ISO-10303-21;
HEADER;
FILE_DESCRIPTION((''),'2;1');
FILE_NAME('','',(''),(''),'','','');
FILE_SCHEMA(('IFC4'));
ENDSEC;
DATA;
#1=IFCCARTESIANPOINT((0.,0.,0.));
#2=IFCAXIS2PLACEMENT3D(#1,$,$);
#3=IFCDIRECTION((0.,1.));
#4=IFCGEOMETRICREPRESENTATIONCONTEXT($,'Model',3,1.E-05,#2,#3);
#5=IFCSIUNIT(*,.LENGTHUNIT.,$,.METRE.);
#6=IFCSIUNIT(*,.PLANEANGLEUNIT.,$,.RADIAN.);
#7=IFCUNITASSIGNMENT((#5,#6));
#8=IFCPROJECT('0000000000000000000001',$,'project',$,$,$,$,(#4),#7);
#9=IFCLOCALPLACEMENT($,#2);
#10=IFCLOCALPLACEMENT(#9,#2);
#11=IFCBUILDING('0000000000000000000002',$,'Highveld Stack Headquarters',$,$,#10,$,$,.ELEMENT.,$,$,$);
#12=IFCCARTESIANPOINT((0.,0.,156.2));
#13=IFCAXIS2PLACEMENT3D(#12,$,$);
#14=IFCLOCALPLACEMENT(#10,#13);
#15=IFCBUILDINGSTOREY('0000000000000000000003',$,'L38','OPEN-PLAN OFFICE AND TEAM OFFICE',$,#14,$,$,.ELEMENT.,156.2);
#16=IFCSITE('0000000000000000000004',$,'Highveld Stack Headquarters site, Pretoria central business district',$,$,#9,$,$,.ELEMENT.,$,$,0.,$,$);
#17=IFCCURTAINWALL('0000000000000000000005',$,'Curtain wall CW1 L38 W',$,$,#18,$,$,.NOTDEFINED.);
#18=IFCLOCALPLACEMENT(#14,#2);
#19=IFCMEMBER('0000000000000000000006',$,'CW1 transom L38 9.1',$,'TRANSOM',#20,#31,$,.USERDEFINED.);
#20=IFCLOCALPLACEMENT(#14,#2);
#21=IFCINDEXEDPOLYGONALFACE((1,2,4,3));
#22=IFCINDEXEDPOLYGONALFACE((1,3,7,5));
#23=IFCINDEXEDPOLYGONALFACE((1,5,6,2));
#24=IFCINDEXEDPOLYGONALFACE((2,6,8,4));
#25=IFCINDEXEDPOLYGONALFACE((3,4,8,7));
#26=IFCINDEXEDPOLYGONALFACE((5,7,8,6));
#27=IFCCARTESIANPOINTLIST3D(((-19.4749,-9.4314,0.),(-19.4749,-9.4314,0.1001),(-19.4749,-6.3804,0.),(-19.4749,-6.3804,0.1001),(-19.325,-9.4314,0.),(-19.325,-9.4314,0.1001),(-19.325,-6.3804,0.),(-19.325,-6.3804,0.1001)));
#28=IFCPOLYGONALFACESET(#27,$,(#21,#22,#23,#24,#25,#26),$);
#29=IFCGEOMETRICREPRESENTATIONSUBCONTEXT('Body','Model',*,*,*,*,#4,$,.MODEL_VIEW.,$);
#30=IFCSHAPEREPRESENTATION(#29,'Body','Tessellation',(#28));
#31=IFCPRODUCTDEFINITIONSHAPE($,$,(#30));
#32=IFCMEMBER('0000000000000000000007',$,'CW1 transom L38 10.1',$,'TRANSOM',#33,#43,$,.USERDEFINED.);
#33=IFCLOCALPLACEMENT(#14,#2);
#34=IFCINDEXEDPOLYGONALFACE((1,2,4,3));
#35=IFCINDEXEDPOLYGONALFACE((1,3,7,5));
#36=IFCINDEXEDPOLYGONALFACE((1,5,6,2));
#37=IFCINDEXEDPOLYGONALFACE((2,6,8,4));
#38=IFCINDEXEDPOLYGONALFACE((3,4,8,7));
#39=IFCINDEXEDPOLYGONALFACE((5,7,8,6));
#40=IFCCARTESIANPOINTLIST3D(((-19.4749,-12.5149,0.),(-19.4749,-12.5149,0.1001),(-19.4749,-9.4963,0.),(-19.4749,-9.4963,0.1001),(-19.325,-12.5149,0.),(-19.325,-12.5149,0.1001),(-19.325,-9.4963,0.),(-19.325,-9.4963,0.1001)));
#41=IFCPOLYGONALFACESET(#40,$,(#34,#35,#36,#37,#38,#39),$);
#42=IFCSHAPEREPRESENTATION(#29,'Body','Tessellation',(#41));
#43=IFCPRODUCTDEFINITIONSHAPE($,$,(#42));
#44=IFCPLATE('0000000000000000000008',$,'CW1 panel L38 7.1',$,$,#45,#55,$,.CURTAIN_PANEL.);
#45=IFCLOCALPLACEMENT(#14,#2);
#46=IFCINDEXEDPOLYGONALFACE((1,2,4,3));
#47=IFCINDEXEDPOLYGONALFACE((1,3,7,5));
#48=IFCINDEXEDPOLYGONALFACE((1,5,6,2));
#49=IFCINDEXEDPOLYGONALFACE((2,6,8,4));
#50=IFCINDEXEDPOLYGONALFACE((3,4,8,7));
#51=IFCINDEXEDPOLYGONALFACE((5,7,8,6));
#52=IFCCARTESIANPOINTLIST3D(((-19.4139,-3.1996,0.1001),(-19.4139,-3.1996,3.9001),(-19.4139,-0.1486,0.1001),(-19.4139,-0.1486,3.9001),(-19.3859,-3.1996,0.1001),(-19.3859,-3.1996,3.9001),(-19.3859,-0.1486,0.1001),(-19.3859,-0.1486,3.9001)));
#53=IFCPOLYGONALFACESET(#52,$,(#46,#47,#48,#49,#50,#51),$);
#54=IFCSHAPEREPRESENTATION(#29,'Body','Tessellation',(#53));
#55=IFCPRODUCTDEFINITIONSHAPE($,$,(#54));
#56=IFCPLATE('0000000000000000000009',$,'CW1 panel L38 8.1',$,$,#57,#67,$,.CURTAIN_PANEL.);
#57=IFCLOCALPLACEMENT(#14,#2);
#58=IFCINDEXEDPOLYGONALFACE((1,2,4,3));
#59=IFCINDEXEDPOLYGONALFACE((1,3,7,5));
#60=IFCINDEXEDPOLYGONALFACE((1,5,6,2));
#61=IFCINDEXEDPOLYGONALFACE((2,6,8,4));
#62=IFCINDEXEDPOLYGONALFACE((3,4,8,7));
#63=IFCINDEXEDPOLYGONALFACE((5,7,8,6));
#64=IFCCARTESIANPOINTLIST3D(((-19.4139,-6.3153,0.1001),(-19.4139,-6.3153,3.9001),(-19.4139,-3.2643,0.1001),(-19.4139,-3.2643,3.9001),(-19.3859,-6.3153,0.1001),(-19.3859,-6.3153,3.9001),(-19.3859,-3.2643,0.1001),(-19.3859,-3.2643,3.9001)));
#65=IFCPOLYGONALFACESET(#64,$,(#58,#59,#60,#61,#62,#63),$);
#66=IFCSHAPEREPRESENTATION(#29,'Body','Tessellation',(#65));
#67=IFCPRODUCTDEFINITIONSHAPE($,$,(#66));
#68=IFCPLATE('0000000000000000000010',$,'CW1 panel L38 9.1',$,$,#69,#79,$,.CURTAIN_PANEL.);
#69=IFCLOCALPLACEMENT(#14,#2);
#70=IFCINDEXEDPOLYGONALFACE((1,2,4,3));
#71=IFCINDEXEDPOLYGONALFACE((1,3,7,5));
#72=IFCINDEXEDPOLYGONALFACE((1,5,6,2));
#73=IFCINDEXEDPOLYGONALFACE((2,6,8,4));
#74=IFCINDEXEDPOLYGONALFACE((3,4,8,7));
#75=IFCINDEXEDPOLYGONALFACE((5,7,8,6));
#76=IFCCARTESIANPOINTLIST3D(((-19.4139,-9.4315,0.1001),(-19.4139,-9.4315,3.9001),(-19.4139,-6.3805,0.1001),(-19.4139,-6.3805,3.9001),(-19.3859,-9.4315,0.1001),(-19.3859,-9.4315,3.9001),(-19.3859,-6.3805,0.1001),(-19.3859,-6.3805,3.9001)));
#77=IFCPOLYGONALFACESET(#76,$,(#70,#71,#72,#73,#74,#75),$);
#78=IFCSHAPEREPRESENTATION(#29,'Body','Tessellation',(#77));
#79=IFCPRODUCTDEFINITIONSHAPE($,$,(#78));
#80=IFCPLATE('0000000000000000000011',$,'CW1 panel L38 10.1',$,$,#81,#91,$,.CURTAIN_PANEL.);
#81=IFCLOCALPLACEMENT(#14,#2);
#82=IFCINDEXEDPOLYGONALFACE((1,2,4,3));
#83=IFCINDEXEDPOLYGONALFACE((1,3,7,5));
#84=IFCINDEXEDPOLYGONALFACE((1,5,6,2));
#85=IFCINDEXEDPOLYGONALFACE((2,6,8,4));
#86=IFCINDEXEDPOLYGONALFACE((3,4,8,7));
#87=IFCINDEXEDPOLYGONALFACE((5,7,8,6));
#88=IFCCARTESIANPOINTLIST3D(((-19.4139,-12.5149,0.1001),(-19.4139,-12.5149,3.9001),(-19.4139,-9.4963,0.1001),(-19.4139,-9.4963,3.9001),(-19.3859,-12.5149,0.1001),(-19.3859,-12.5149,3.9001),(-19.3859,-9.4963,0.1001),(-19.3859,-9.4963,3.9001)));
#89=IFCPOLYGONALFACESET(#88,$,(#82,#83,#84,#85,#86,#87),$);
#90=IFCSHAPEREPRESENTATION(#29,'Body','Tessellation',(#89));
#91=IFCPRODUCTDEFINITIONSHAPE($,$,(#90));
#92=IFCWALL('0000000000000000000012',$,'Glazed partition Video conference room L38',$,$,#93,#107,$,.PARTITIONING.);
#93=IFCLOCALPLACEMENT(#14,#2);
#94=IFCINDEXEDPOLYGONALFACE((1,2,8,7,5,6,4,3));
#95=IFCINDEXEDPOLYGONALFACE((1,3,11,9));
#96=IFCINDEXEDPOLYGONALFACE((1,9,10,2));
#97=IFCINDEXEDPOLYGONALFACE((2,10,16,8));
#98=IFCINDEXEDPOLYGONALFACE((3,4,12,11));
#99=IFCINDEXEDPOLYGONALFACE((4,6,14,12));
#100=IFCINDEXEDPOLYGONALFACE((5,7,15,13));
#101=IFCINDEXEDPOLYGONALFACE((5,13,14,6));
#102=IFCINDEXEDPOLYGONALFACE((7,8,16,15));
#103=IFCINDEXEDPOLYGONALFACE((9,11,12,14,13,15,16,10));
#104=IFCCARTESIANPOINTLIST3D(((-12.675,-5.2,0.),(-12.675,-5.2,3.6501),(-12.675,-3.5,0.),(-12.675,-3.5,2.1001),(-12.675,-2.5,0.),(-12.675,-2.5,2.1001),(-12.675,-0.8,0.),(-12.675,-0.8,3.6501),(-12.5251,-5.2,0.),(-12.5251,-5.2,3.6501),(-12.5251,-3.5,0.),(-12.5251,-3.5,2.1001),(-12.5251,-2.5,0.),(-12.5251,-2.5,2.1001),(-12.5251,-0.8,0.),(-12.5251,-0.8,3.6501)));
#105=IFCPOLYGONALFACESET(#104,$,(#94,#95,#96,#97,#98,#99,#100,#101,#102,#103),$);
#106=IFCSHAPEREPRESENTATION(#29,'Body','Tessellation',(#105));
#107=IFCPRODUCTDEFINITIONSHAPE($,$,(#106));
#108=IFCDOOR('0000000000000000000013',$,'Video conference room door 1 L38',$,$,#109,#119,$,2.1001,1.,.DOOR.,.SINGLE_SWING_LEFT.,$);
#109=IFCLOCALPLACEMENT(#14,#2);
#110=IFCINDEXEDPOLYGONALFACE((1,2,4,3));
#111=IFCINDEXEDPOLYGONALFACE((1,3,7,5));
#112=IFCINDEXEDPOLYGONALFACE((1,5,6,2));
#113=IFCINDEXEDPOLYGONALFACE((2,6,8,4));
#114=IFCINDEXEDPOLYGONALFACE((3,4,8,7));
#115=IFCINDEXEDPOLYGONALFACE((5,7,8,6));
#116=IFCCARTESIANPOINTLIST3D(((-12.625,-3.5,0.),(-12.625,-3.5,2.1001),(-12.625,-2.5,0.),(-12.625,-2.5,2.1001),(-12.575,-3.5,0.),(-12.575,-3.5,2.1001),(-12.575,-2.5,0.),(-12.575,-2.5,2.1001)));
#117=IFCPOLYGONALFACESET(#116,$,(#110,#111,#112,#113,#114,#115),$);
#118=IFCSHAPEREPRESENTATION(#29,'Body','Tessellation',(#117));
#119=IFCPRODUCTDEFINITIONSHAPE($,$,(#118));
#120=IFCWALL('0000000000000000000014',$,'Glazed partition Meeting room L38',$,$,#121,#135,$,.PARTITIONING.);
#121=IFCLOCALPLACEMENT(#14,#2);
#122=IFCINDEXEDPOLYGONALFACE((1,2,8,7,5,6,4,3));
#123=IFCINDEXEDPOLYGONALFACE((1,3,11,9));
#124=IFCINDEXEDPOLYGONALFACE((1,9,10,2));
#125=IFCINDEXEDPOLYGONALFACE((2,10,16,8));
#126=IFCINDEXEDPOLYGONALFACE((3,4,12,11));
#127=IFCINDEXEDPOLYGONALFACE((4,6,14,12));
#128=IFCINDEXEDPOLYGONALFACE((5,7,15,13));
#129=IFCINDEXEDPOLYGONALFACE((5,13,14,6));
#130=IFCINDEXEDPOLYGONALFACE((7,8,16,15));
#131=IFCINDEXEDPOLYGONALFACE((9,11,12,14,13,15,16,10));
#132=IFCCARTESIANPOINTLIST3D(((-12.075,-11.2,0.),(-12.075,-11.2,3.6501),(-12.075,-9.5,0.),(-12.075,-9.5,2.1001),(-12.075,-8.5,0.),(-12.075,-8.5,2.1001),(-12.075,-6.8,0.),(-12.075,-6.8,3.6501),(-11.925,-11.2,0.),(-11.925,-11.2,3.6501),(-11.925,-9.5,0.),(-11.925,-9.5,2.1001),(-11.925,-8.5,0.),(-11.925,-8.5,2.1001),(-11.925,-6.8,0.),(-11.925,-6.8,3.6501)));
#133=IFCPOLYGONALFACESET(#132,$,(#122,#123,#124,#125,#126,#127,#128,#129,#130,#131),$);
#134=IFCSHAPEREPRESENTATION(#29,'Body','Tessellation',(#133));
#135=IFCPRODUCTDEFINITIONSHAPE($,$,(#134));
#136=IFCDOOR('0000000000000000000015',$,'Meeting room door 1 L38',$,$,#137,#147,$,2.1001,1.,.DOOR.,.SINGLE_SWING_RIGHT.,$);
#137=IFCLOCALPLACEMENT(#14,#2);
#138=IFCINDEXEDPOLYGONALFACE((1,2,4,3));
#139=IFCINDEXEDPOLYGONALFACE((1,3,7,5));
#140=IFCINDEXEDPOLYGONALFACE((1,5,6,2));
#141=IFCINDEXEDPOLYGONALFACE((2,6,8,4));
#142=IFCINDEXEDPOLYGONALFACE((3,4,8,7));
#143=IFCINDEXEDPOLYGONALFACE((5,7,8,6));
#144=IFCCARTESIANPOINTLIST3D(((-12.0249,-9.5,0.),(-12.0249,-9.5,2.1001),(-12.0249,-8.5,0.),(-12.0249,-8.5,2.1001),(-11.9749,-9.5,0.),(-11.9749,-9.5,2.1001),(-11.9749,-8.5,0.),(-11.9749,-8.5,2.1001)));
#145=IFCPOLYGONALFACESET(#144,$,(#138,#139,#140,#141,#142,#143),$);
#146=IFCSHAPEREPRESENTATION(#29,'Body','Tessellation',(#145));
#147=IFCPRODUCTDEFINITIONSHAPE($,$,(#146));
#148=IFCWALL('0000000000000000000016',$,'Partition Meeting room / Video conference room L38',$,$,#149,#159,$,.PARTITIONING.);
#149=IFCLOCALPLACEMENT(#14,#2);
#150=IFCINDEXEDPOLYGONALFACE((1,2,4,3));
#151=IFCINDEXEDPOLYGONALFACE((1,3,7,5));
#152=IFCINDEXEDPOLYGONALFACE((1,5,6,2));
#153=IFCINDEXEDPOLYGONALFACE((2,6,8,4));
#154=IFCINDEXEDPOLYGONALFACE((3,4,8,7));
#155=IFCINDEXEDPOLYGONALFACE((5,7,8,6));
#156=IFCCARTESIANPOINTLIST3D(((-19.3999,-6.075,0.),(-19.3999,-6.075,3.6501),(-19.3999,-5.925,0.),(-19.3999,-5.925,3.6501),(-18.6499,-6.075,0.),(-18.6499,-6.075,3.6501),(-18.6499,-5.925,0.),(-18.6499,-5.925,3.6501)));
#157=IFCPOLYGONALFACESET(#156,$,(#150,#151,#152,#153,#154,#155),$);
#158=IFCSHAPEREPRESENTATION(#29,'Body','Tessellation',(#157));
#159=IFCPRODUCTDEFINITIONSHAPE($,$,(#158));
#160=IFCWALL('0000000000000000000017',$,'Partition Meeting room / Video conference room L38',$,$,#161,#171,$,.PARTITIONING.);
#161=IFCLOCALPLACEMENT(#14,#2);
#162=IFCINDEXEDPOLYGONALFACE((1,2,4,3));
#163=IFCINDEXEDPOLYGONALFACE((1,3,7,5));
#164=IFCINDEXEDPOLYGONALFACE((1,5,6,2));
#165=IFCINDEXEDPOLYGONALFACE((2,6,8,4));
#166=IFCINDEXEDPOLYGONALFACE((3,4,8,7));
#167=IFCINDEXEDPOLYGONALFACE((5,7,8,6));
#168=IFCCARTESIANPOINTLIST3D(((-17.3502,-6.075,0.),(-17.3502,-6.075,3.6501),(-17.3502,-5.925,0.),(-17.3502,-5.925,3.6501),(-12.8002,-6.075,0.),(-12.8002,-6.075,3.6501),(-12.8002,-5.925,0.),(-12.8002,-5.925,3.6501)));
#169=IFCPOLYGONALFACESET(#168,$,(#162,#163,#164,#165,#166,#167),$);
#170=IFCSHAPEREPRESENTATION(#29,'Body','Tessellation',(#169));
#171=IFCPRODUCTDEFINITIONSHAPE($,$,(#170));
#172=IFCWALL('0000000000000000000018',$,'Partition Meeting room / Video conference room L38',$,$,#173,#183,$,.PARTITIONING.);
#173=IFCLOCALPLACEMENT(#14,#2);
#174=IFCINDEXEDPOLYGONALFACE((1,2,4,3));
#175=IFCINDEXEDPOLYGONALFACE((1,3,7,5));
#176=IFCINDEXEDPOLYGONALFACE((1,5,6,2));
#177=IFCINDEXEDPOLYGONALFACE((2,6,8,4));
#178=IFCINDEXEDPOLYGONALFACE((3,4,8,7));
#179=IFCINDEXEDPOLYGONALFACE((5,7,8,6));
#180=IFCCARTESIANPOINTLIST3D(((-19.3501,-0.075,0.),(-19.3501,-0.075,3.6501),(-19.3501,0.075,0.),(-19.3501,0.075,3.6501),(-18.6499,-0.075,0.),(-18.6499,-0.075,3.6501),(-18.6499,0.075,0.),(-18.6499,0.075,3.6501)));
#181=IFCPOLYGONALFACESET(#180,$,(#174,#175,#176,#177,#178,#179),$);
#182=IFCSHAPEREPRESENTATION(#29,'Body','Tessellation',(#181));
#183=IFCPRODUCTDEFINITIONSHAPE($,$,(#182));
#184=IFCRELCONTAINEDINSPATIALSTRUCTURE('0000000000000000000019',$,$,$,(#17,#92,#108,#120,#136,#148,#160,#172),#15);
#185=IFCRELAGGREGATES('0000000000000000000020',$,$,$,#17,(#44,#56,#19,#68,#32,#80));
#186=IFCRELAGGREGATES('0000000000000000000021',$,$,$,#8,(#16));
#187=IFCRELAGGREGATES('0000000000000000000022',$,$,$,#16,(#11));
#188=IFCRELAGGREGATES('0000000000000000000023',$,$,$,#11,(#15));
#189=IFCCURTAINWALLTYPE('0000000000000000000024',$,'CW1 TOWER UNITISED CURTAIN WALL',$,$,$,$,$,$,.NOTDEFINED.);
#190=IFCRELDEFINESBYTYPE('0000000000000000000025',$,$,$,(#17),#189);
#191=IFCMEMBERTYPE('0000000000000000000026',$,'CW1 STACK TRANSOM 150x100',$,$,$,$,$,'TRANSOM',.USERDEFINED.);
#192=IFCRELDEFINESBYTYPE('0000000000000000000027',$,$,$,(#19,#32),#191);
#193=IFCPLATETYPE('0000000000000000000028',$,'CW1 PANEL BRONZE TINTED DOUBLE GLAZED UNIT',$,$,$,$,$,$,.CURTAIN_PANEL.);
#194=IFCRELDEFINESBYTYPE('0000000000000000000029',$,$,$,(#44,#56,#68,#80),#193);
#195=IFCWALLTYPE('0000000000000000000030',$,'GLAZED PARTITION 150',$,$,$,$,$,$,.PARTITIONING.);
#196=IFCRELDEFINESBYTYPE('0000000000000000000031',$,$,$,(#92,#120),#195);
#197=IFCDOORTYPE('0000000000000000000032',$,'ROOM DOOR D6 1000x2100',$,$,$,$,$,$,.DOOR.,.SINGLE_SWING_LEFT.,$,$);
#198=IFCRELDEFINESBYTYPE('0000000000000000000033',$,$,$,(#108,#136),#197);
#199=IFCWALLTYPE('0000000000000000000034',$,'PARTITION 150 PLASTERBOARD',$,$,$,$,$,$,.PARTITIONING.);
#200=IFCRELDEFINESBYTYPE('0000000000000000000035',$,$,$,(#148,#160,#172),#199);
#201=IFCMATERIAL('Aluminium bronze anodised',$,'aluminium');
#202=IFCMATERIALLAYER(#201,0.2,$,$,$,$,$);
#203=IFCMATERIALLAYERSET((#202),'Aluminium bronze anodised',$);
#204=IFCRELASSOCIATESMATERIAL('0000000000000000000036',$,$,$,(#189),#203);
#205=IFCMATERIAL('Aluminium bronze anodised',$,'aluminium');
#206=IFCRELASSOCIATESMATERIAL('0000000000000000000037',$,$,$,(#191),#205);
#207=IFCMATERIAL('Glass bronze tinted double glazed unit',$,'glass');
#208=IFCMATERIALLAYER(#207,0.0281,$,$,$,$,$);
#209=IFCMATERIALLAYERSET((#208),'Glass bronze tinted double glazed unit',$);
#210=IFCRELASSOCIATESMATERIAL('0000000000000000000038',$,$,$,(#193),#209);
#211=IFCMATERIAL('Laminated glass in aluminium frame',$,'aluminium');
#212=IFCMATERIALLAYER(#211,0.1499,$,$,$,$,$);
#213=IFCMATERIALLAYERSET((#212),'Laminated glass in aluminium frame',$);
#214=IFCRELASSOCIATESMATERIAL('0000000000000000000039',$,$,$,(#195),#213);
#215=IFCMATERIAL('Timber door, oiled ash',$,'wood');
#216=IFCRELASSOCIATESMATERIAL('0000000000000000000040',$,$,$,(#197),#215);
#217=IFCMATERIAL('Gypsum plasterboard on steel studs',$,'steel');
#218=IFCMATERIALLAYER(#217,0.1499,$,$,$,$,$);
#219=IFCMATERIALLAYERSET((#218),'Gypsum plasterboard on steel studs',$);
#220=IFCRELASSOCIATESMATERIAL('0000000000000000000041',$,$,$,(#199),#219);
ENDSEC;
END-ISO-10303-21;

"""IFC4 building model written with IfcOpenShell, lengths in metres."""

from ifc_helpers import new_model, si_unit, direction, frame, frame_2d, origin, origin_2d, place, context, subcontext, project, spatial, rectangle, extrude, material, layer, layer_set, material_profile, profile_set, type_object, element, fill, aggregate, save


model = new_model("IFC4")

# Units and contexts
model_context = context("Model", 3, precision=1e-05, world=origin(), true_north=direction((0.0, 1.0)))
body_context = subcontext(model_context, "Body", "Model", "MODEL_VIEW")
ifc_project = project(units=[si_unit("LENGTHUNIT", "METRE"), si_unit("PLANEANGLEUNIT", "RADIAN")], contexts=[model_context])

# Site, building, storey
site_placement = place(None, origin())
site = spatial("IfcSite", under=ifc_project, at=site_placement, Name="Highveld Stack Headquarters site, Pretoria central business district", CompositionType="ELEMENT", RefElevation=0.0)
building_placement = place(site_placement, origin())
building = spatial("IfcBuilding", under=site, at=building_placement, Name="Highveld Stack Headquarters", CompositionType="ELEMENT")
storey_placement = place(building_placement, frame((0.0, 0.0, 156.2)))
storey = spatial("IfcBuildingStorey", under=building, at=storey_placement, Name="L38", Description="OPEN-PLAN OFFICE AND TEAM OFFICE", CompositionType="ELEMENT", Elevation=156.2)

# Curtain wall, members, plates
ifc_material_1 = material(Name="Aluminium bronze anodised", Category="aluminium")
ifc_layer_1 = layer(ifc_material_1, 0.2)
ifc_layer_set_1 = layer_set([ifc_layer_1], Name="Aluminium bronze anodised")
curtain_wall_type = type_object("IfcCurtainWallType", Name="CW1 TOWER UNITISED CURTAIN WALL", PredefinedType="NOTDEFINED", material=ifc_layer_set_1)
curtain_wall_placement = place(storey_placement, origin())
curtain_wall = element("IfcCurtainWall", 1, at=curtain_wall_placement, inside=storey, type_object=curtain_wall_type, Name="Curtain wall CW1 L38 W", PredefinedType="NOTDEFINED")
ifc_material_2 = material(Name="Aluminium bronze anodised", Category="aluminium")
ifc_material_profile_1 = material_profile(ifc_material_2, rectangle(XDim=0.1499, YDim=0.1001, at=origin_2d()), Name="CW1 TRANSOM 150x100")
ifc_profile_set_1 = profile_set([ifc_material_profile_1], Name="Aluminium bronze anodised")
member_type_1 = type_object("IfcMemberType", Name="CW1 STACK TRANSOM 150x100", ElementType="TRANSOM", PredefinedType="USERDEFINED", material=ifc_profile_set_1)
member_1_placement = place(storey_placement, frame((-19.3999, -6.3804, 0.05), z_axis=(0.0, -1.0, 0.0), x_axis=(1.0, 0.0, 0.0)))
member_1 = element("IfcMember", 2, at=member_1_placement, type_object=member_type_1, Name="CW1 transom L38 9.1", ObjectType="TRANSOM", PredefinedType="USERDEFINED", context=body_context, shape_type="SweptSolid", body=[
    extrude(rectangle(XDim=0.1499, YDim=0.1001, at=origin_2d()), origin(), (0.0, 0.0, 1.0), 3.051),
])
member_2_placement = place(storey_placement, frame((-19.3999, -9.4963, 0.05), z_axis=(0.0, -1.0, 0.0), x_axis=(1.0, 0.0, 0.0)))
member_2 = element("IfcMember", 3, at=member_2_placement, type_object=member_type_1, Name="CW1 transom L38 10.1", ObjectType="TRANSOM", PredefinedType="USERDEFINED", context=body_context, shape_type="SweptSolid", body=[
    extrude(rectangle(XDim=0.1499, YDim=0.1001, at=origin_2d()), origin(), (0.0, 0.0, 1.0), 3.0186),
])
ifc_material_3 = material(Name="Glass bronze tinted double glazed unit", Category="glass")
ifc_layer_2 = layer(ifc_material_3, 0.0281)
ifc_layer_set_2 = layer_set([ifc_layer_2], Name="Glass bronze tinted double glazed unit")
plate_type = type_object("IfcPlateType", Name="CW1 PANEL BRONZE TINTED DOUBLE GLAZED UNIT", PredefinedType="CURTAIN_PANEL", material=ifc_layer_set_2)
plate_1_placement = place(storey_placement, frame((-19.3999, -1.6741, 0.1001), z_axis=(0.0, 0.0, 1.0), x_axis=(0.0, -1.0, 0.0)))
plate_1 = element("IfcPlate", 4, at=plate_1_placement, type_object=plate_type, Name="CW1 panel L38 7.1", PredefinedType="CURTAIN_PANEL", context=body_context, shape_type="SweptSolid", body=[
    extrude(rectangle(XDim=3.051, YDim=0.0281, at=origin_2d()), origin(), (0.0, 0.0, 1.0), 3.8),
])
plate_2_placement = place(storey_placement, frame((-19.3999, -4.7898, 0.1001), z_axis=(0.0, 0.0, 1.0), x_axis=(0.0, -1.0, 0.0)))
plate_2 = element("IfcPlate", 5, at=plate_2_placement, type_object=plate_type, Name="CW1 panel L38 8.1", PredefinedType="CURTAIN_PANEL", context=body_context, shape_type="SweptSolid", body=[
    extrude(rectangle(XDim=3.051, YDim=0.0281, at=origin_2d()), origin(), (0.0, 0.0, 1.0), 3.8),
])
plate_3_placement = place(storey_placement, frame((-19.3999, -7.906, 0.1001), z_axis=(0.0, 0.0, 1.0), x_axis=(0.0, -1.0, 0.0)))
plate_3 = element("IfcPlate", 6, at=plate_3_placement, type_object=plate_type, Name="CW1 panel L38 9.1", PredefinedType="CURTAIN_PANEL", context=body_context, shape_type="SweptSolid", body=[
    extrude(rectangle(XDim=3.051, YDim=0.0281, at=origin_2d()), origin(), (0.0, 0.0, 1.0), 3.8),
])
plate_4_placement = place(storey_placement, frame((-19.3999, -11.0056, 0.1001), z_axis=(0.0, 0.0, 1.0), x_axis=(0.0, -1.0, 0.0)))
plate_4 = element("IfcPlate", 7, at=plate_4_placement, type_object=plate_type, Name="CW1 panel L38 10.1", PredefinedType="CURTAIN_PANEL", context=body_context, shape_type="SweptSolid", body=[
    extrude(rectangle(XDim=3.0186, YDim=0.0281, at=origin_2d()), origin(), (0.0, 0.0, 1.0), 3.8),
])
aggregate(curtain_wall, [plate_1, plate_2, member_1, plate_3, member_2, plate_4])

# Walls, openings, doors
ifc_material_4 = material(Name="Laminated glass in aluminium frame", Category="aluminium")
ifc_layer_3 = layer(ifc_material_4, 0.1499)
ifc_layer_set_3 = layer_set([ifc_layer_3], Name="Laminated glass in aluminium frame")
wall_type_1 = type_object("IfcWallType", Name="GLAZED PARTITION 150", PredefinedType="PARTITIONING", material=ifc_layer_set_3)
wall_1_placement = place(storey_placement, frame((-12.6001, -5.2, 0.0), z_axis=(0.0, 0.0, 1.0), x_axis=(0.0, 1.0, 0.0)))
wall_1 = element("IfcWall", 8, at=wall_1_placement, inside=storey, type_object=wall_type_1, Name="Glazed partition Video conference room L38", PredefinedType="PARTITIONING", context=body_context, shape_type="SweptSolid", body=[
    extrude(rectangle(XDim=4.3999, YDim=0.1499, at=frame_2d((2.2, 0.0))), origin(), (0.0, 0.0, 1.0), 3.6501),
])
opening_1_placement = place(wall_1_placement, frame((1.7, 0.0, 0.0)))
opening_1 = element("IfcOpeningElement", 9, at=opening_1_placement, cuts=wall_1, PredefinedType="OPENING", context=body_context, shape_type="SweptSolid", body=[
    extrude(rectangle(XDim=1.0, YDim=2.1001, at=frame_2d((0.5, 1.05))), frame((0.0, 0.085, 0.0), z_axis=(0.0, -1.0, 0.0), x_axis=(1.0, 0.0, 0.0)), (0.0, 0.0, 1.0), 0.1699),
])
ifc_material_5 = material(Name="Timber door, oiled ash", Category="wood")
door_type = type_object("IfcDoorType", Name="ROOM DOOR D6 1000x2100", OperationType="SINGLE_SWING_LEFT", PredefinedType="DOOR", material=ifc_material_5)
door_1_placement = place(opening_1_placement, origin())
door_1 = element("IfcDoor", 10, at=door_1_placement, inside=storey, type_object=door_type, Name="Video conference room door 1 L38", OperationType="SINGLE_SWING_LEFT", OverallHeight=2.1001, OverallWidth=1.0, PredefinedType="DOOR", context=body_context, shape_type="SweptSolid", body=[
    extrude(rectangle(XDim=1.0, YDim=2.1001, at=frame_2d((0.5, 1.05))), frame((0.0, 0.0249, 0.0), z_axis=(0.0, -1.0, 0.0), x_axis=(1.0, 0.0, 0.0)), (0.0, 0.0, 1.0), 0.05),
])
fill(opening_1, door_1)
wall_2_placement = place(storey_placement, frame((-12.0, -11.2, 0.0), z_axis=(0.0, 0.0, 1.0), x_axis=(0.0, 1.0, 0.0)))
wall_2 = element("IfcWall", 11, at=wall_2_placement, inside=storey, type_object=wall_type_1, Name="Glazed partition Meeting room L38", PredefinedType="PARTITIONING", context=body_context, shape_type="SweptSolid", body=[
    extrude(rectangle(XDim=4.3999, YDim=0.1499, at=frame_2d((2.2, 0.0))), origin(), (0.0, 0.0, 1.0), 3.6501),
])
opening_2_placement = place(wall_2_placement, frame((1.7, 0.0, 0.0)))
opening_2 = element("IfcOpeningElement", 12, at=opening_2_placement, cuts=wall_2, PredefinedType="OPENING", context=body_context, shape_type="SweptSolid", body=[
    extrude(rectangle(XDim=1.0, YDim=2.1001, at=frame_2d((0.5, 1.05))), frame((0.0, 0.085, 0.0), z_axis=(0.0, -1.0, 0.0), x_axis=(1.0, 0.0, 0.0)), (0.0, 0.0, 1.0), 0.1699),
])
door_2_placement = place(opening_2_placement, origin())
door_2 = element("IfcDoor", 13, at=door_2_placement, inside=storey, type_object=door_type, Name="Meeting room door 1 L38", OperationType="SINGLE_SWING_RIGHT", OverallHeight=2.1001, OverallWidth=1.0, PredefinedType="DOOR", context=body_context, shape_type="SweptSolid", body=[
    extrude(rectangle(XDim=1.0, YDim=2.1001, at=frame_2d((0.5, 1.05))), frame((0.0, 0.0249, 0.0), z_axis=(0.0, -1.0, 0.0), x_axis=(1.0, 0.0, 0.0)), (0.0, 0.0, 1.0), 0.05),
])
fill(opening_2, door_2)

# Walls
ifc_material_6 = material(Name="Gypsum plasterboard on steel studs", Category="steel")
ifc_layer_4 = layer(ifc_material_6, 0.1499)
ifc_layer_set_4 = layer_set([ifc_layer_4], Name="Gypsum plasterboard on steel studs")
wall_type_2 = type_object("IfcWallType", Name="PARTITION 150 PLASTERBOARD", PredefinedType="PARTITIONING", material=ifc_layer_set_4)
wall_3_placement = place(storey_placement, frame((-19.3999, -6.0, 0.0), z_axis=(0.0, 0.0, 1.0), x_axis=(1.0, 0.0, 0.0)))
element("IfcWall", 14, at=wall_3_placement, inside=storey, type_object=wall_type_2, Name="Partition Meeting room / Video conference room L38", PredefinedType="PARTITIONING", context=body_context, shape_type="SweptSolid", body=[
    extrude(rectangle(XDim=0.75, YDim=0.1499, at=frame_2d((0.375, 0.0))), origin(), (0.0, 0.0, 1.0), 3.6501),
])
wall_4_placement = place(storey_placement, frame((-17.3501, -6.0, 0.0), z_axis=(0.0, 0.0, 1.0), x_axis=(1.0, 0.0, 0.0)))
element("IfcWall", 15, at=wall_4_placement, inside=storey, type_object=wall_type_2, Name="Partition Meeting room / Video conference room L38", PredefinedType="PARTITIONING", context=body_context, shape_type="SweptSolid", body=[
    extrude(rectangle(XDim=4.55, YDim=0.1499, at=frame_2d((2.2749, 0.0))), origin(), (0.0, 0.0, 1.0), 3.6501),
])
wall_5_placement = place(storey_placement, frame((-19.3501, 0.0, 0.0), z_axis=(0.0, 0.0, 1.0), x_axis=(1.0, 0.0, 0.0)))
element("IfcWall", 16, at=wall_5_placement, inside=storey, type_object=wall_type_2, Name="Partition Meeting room / Video conference room L38", PredefinedType="PARTITIONING", context=body_context, shape_type="SweptSolid", body=[
    extrude(rectangle(XDim=0.7002, YDim=0.1499, at=frame_2d((0.3501, 0.0))), origin(), (0.0, 0.0, 1.0), 3.6501),
])

save(model, "model.ifc")
